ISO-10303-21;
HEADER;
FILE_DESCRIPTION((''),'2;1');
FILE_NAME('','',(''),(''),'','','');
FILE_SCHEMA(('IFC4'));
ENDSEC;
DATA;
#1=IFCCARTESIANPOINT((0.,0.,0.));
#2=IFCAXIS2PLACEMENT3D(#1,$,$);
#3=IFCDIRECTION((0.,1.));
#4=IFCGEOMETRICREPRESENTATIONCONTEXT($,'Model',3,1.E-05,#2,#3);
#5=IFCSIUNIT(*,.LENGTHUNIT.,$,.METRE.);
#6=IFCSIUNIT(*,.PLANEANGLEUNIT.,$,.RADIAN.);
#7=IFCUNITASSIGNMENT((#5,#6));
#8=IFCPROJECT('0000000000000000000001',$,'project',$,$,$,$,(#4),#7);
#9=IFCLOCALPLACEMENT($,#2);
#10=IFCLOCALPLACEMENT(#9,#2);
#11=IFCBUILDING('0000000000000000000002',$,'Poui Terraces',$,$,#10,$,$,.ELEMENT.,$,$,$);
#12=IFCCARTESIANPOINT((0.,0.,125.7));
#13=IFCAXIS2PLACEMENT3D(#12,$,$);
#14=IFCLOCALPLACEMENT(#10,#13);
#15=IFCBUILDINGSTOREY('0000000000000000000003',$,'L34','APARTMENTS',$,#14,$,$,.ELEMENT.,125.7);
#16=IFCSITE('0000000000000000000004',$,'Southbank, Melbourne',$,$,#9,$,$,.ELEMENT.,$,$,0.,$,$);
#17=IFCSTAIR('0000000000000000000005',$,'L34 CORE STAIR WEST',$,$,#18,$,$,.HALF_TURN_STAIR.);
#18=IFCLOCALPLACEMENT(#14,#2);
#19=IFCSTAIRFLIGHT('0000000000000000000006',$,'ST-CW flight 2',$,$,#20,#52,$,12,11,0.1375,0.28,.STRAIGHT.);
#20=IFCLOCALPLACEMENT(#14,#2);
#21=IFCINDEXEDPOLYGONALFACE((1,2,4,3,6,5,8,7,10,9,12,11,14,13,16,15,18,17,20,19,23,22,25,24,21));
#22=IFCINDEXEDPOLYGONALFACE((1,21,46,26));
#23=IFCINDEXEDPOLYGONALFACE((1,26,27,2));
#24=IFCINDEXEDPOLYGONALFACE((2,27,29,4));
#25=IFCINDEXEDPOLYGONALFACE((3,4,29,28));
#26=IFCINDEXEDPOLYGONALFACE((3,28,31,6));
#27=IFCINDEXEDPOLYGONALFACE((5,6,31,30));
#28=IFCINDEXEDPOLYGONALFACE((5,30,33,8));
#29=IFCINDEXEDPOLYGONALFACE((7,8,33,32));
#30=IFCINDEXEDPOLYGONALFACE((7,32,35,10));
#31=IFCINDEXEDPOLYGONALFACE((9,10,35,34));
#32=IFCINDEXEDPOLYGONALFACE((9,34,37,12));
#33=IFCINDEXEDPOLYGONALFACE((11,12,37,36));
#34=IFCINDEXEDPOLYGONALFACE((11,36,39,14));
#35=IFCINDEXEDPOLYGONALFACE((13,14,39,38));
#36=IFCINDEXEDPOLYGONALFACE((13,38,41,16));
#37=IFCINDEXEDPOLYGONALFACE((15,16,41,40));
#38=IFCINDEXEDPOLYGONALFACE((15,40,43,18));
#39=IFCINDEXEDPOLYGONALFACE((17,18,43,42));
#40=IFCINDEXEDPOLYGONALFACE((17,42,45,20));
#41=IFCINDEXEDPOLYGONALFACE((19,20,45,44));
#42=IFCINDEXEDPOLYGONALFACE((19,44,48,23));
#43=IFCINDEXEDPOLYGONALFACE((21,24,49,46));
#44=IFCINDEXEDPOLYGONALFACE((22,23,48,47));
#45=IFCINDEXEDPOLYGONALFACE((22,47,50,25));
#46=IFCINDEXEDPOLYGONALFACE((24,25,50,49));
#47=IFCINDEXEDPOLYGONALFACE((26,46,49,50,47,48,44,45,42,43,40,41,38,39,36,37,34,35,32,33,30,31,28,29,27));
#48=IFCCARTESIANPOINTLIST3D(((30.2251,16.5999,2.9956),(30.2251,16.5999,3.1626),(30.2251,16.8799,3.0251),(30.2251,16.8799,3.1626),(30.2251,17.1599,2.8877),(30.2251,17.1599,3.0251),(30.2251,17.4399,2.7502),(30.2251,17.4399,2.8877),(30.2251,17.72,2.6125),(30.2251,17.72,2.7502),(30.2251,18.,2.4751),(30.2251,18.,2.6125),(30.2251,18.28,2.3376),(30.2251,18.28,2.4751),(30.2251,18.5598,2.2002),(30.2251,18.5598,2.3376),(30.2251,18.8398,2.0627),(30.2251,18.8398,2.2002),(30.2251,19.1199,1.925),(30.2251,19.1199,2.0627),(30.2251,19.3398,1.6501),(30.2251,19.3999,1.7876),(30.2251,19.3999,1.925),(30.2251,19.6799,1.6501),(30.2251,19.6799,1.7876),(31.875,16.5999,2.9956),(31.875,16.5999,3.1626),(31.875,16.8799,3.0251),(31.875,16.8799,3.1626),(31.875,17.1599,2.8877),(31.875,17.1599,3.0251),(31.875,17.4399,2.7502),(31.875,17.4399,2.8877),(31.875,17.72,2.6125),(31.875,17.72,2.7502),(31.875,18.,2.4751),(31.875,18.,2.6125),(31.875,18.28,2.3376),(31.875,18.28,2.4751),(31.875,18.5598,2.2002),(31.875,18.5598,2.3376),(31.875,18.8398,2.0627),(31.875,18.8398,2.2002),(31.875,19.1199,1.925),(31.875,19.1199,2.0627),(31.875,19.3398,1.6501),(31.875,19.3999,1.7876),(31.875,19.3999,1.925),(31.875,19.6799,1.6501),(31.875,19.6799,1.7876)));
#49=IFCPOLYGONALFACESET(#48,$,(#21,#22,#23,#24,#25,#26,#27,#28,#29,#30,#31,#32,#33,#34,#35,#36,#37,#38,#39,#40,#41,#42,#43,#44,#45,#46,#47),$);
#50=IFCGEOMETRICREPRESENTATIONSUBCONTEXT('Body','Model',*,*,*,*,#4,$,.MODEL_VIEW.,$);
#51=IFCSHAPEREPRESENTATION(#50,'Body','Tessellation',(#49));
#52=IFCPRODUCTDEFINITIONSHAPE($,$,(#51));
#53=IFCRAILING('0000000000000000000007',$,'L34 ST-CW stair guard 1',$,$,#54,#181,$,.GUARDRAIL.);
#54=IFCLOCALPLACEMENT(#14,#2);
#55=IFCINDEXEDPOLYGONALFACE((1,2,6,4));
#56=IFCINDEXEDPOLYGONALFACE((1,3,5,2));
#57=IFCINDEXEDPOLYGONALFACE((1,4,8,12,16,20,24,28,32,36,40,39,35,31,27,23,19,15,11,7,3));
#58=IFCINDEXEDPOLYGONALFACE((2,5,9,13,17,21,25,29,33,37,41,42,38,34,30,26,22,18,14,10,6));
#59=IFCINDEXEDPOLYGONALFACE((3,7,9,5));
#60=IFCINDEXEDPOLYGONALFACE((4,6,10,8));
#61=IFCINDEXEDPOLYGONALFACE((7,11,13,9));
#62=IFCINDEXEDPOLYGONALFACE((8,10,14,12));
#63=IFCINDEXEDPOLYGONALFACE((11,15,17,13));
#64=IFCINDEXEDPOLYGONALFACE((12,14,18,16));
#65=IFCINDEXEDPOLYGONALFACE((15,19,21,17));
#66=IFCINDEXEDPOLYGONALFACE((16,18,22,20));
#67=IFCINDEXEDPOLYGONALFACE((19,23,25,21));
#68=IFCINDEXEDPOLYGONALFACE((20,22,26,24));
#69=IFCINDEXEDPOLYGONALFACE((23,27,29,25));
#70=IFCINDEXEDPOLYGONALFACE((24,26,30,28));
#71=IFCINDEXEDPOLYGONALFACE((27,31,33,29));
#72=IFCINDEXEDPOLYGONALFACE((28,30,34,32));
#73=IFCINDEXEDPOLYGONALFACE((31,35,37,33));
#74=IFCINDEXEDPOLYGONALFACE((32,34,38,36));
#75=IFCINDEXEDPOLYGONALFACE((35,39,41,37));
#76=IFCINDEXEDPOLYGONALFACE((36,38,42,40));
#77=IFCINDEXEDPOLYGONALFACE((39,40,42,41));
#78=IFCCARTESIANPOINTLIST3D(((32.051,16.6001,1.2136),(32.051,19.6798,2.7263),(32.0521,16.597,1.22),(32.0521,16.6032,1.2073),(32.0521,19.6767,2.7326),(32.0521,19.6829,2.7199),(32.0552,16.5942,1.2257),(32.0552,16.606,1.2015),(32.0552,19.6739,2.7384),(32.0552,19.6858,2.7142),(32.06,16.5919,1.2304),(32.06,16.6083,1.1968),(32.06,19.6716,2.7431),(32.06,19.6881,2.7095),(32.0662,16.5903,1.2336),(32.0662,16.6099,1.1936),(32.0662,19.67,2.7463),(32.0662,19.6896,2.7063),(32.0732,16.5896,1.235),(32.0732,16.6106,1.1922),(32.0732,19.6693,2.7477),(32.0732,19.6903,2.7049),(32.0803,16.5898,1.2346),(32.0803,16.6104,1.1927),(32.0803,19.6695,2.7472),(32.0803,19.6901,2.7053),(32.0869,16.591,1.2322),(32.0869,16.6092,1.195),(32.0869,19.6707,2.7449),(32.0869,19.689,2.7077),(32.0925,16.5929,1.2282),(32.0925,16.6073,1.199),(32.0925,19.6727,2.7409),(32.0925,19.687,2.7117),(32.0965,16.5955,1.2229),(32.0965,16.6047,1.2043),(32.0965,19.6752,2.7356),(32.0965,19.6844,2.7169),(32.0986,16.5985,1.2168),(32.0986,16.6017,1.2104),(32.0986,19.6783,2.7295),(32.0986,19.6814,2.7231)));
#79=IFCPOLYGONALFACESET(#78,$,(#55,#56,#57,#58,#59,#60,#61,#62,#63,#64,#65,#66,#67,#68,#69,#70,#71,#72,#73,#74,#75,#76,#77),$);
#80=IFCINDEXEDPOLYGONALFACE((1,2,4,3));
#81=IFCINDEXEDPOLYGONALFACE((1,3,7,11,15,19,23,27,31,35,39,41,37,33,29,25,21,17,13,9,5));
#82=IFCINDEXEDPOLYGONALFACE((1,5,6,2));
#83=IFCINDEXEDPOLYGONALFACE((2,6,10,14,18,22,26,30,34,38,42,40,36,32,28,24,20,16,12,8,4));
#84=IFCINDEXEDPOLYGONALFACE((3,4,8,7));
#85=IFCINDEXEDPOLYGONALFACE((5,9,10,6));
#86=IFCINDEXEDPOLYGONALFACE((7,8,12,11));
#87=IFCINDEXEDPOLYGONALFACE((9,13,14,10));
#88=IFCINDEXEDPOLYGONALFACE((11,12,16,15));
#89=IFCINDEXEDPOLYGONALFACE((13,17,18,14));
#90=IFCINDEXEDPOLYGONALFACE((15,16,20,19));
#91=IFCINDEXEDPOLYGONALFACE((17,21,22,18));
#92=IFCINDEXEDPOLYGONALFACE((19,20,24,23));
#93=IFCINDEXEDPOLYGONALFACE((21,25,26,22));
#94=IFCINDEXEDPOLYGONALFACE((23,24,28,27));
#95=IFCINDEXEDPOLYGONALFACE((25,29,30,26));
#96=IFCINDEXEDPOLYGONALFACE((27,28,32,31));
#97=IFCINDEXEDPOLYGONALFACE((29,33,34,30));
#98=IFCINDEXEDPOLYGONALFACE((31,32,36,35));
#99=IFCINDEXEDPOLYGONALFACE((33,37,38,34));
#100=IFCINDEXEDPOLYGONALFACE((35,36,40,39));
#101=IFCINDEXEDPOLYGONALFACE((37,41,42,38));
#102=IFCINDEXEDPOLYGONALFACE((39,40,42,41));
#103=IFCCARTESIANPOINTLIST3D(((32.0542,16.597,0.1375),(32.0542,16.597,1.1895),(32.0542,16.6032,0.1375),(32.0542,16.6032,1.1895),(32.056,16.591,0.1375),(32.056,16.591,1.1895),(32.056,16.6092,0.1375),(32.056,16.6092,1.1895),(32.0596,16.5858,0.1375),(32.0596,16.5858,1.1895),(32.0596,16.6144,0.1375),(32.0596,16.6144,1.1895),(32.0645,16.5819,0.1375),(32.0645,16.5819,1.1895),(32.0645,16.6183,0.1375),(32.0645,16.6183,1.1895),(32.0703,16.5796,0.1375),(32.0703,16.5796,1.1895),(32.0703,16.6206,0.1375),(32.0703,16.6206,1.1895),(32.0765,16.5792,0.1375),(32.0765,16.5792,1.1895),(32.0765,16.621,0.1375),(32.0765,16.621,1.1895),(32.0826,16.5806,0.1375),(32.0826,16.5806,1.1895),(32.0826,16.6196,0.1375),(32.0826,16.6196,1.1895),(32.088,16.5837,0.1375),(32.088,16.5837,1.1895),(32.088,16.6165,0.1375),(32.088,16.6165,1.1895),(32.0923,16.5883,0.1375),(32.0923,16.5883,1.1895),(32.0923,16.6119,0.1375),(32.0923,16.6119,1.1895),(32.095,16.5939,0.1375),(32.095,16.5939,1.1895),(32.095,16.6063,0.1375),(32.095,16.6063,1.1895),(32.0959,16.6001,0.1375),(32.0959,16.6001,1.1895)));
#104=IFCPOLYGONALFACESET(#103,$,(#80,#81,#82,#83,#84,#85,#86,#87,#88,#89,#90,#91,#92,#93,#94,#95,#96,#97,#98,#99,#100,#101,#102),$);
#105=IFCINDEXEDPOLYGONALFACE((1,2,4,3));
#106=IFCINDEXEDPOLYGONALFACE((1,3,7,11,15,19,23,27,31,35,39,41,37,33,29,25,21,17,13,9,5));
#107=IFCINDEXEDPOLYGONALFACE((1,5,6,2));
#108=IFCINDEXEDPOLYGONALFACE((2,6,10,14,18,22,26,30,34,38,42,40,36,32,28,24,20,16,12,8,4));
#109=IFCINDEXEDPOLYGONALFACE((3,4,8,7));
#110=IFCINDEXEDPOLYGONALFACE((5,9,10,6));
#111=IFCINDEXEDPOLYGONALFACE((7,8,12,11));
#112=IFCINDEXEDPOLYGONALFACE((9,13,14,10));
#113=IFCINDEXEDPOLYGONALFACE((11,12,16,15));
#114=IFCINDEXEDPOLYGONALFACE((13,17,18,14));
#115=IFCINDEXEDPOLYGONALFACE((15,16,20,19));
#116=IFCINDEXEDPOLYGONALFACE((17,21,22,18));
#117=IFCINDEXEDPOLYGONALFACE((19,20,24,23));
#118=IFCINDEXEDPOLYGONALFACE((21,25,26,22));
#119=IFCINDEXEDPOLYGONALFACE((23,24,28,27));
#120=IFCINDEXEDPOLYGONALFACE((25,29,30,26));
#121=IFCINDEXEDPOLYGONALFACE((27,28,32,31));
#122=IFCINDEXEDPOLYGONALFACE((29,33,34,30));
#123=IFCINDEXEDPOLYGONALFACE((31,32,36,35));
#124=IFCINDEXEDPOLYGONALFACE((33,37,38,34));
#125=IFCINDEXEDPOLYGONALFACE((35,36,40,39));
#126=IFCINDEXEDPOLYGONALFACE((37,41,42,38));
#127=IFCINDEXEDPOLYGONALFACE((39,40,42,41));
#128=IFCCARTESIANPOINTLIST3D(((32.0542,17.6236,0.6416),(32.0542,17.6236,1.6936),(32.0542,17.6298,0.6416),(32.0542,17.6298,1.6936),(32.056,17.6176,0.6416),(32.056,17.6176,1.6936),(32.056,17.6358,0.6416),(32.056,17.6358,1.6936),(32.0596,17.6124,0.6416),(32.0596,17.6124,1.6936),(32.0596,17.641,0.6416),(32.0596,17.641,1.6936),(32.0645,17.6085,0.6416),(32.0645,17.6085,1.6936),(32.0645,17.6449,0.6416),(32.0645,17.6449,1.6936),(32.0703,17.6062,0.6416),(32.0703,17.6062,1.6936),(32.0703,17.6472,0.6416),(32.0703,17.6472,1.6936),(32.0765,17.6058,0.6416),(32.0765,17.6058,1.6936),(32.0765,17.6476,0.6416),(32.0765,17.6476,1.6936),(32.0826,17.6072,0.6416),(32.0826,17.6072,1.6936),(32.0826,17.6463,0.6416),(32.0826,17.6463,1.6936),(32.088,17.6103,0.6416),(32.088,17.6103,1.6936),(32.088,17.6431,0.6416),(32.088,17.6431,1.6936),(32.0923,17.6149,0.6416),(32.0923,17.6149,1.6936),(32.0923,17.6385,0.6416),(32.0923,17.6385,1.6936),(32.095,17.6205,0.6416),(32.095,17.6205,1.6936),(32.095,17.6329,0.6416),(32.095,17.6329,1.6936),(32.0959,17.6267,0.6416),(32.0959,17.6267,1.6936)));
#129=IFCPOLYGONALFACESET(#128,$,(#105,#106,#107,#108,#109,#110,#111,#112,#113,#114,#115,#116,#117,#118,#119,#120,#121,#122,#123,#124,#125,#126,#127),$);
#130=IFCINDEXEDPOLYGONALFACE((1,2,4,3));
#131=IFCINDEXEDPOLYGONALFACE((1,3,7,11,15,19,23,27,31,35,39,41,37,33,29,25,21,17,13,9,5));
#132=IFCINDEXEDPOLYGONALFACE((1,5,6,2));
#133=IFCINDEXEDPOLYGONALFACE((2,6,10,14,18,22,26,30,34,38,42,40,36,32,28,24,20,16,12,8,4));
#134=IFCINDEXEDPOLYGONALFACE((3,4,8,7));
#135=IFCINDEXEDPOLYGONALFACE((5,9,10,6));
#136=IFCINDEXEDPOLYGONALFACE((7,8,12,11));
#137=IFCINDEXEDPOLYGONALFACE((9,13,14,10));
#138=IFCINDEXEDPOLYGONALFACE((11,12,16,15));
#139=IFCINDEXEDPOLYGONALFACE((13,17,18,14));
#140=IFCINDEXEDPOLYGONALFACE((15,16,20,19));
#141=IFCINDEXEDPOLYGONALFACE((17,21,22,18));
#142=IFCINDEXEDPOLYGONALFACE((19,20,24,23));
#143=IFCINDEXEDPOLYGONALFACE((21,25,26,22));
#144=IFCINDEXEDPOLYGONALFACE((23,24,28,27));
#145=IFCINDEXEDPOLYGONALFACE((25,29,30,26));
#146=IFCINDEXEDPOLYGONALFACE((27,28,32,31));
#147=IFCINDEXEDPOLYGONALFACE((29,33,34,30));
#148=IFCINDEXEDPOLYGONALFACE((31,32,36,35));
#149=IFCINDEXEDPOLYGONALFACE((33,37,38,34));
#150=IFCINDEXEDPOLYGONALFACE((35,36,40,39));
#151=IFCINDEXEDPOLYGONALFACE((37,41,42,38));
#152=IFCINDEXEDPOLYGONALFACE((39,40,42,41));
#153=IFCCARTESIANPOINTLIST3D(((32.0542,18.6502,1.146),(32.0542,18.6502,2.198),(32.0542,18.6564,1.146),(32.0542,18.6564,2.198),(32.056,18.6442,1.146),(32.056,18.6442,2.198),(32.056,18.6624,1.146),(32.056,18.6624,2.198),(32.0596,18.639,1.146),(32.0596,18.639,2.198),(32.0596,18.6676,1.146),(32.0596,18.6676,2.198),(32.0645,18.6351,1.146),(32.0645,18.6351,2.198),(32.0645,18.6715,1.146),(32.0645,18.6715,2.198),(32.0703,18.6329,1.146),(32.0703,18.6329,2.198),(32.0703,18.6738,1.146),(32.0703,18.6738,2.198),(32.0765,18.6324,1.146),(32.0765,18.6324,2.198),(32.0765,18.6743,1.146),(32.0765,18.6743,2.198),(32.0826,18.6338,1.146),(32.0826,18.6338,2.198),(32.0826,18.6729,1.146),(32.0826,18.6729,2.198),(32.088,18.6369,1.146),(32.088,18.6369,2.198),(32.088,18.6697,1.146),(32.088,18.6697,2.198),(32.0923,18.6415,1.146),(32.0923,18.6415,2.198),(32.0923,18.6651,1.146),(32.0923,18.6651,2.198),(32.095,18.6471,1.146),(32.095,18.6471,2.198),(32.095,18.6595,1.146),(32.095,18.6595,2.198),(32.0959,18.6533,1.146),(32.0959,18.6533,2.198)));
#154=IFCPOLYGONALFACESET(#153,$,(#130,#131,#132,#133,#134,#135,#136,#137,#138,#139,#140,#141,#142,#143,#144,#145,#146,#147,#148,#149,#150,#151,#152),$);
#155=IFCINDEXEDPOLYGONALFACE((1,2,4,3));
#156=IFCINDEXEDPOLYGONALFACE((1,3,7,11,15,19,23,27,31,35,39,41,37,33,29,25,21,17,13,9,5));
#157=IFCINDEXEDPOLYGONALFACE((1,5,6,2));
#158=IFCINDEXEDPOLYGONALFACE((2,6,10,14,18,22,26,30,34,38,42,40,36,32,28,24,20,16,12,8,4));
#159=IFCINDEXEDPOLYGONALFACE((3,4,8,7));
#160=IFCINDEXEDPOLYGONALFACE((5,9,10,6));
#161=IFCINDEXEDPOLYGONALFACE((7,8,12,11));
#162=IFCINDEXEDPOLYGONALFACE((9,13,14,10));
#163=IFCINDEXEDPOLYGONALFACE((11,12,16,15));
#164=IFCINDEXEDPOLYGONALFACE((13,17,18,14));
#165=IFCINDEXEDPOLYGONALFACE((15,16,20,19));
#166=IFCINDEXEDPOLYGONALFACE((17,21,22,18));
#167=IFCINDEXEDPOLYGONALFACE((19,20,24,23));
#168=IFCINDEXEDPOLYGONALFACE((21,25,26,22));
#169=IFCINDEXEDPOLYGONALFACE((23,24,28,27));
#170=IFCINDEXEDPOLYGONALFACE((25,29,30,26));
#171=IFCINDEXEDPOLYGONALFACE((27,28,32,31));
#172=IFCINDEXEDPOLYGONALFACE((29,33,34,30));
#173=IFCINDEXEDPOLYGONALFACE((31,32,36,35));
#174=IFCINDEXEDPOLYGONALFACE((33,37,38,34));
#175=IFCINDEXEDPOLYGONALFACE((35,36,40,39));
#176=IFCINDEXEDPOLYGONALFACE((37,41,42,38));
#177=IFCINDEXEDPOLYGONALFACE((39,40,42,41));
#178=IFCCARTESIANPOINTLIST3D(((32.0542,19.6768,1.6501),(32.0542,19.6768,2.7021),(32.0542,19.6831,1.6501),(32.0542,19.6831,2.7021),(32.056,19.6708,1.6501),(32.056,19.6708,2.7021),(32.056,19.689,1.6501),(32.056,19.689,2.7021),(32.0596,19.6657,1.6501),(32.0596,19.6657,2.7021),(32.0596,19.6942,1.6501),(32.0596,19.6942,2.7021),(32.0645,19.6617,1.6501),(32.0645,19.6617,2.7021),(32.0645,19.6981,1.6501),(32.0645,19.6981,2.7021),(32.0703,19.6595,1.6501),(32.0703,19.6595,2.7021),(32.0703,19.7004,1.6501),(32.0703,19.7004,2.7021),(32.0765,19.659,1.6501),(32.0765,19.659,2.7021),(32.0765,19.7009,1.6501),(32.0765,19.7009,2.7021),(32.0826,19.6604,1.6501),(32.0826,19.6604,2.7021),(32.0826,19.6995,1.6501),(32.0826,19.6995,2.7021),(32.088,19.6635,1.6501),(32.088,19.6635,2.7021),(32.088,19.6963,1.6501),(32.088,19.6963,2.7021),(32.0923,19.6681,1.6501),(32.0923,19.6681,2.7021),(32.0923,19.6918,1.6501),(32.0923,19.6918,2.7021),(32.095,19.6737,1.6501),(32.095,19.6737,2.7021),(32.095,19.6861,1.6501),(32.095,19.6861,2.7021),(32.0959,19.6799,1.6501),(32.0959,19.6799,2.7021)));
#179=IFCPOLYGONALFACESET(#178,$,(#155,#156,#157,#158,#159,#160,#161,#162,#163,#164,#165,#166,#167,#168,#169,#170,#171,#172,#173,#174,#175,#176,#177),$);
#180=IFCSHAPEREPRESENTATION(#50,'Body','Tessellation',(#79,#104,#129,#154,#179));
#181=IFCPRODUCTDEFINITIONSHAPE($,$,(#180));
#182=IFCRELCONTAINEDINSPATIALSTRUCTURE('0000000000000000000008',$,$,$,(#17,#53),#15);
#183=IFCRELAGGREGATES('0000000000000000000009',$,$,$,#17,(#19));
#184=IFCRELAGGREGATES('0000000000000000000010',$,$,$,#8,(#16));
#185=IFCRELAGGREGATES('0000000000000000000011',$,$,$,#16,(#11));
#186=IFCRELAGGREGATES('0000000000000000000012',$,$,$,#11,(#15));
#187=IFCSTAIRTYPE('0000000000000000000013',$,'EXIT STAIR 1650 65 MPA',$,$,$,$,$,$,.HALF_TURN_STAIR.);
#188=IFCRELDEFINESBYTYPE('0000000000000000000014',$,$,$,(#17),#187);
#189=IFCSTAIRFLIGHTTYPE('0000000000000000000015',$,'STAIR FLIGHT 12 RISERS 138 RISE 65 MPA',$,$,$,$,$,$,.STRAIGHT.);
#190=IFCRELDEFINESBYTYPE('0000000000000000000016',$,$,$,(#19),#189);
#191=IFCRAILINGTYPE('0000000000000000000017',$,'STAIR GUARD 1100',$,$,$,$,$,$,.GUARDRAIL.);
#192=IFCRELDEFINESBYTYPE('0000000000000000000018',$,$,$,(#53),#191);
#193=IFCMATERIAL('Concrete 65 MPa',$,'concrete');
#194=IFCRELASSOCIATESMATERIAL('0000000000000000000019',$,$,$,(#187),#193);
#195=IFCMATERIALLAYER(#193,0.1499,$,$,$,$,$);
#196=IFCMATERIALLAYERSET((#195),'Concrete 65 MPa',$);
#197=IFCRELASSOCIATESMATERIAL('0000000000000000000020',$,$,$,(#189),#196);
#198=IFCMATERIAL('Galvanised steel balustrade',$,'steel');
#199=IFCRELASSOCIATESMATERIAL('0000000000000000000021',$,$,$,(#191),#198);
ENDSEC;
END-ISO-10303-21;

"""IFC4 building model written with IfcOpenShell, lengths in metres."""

from ifc_helpers import new_model, si_unit, direction, frame, origin, origin_2d, place, context, subcontext, project, spatial, polyline, circle, outline, extrude, material, layer, layer_set, type_object, element, aggregate, save


model = new_model("IFC4")

# Units and contexts
model_context = context("Model", 3, precision=1e-05, world=origin(), true_north=direction((0.0, 1.0)))
body_context = subcontext(model_context, "Body", "Model", "MODEL_VIEW")
ifc_project = project(units=[si_unit("LENGTHUNIT", "METRE"), si_unit("PLANEANGLEUNIT", "RADIAN")], contexts=[model_context])

# Site, building, storey
site_placement = place(None, origin())
site = spatial("IfcSite", under=ifc_project, at=site_placement, Name="Southbank, Melbourne", CompositionType="ELEMENT", RefElevation=0.0)
building_placement = place(site_placement, origin())
building = spatial("IfcBuilding", under=site, at=building_placement, Name="Poui Terraces", CompositionType="ELEMENT")
storey_placement = place(building_placement, frame((0.0, 0.0, 125.7)))
storey = spatial("IfcBuildingStorey", under=building, at=storey_placement, Name="L34", Description="APARTMENTS", CompositionType="ELEMENT", Elevation=125.7)

# Shared definitions
ifc_material_1 = material(Name="Concrete 65 MPa", Category="concrete")

# Stair, stair flight
stair_type = type_object("IfcStairType", Name="EXIT STAIR 1650 65 MPA", PredefinedType="HALF_TURN_STAIR", material=ifc_material_1)
stair_placement = place(storey_placement, origin())
stair = element("IfcStair", 1, at=stair_placement, inside=storey, type_object=stair_type, Name="L34 CORE STAIR WEST", PredefinedType="HALF_TURN_STAIR")
ifc_layer_1 = layer(ifc_material_1, 0.1499)
ifc_layer_set_1 = layer_set([ifc_layer_1], Name="Concrete 65 MPa")
stair_flight_type = type_object("IfcStairFlightType", Name="STAIR FLIGHT 12 RISERS 138 RISE 65 MPA", PredefinedType="STRAIGHT", material=ifc_layer_set_1)
stair_flight_1_placement = place(storey_placement, frame((31.05, 19.6799, 1.6501), z_axis=(0.0, 0.0, 1.0), x_axis=(0.0, -1.0, 0.0)))
stair_flight_1 = element("IfcStairFlight", 2, at=stair_flight_1_placement, type_object=stair_flight_type, Name="ST-CW flight 2", NumberOfRisers=12, NumberOfTreads=11, PredefinedType="STRAIGHT", RiserHeight=0.1375, TreadLength=0.28, context=body_context, shape_type="SweptSolid", body=[
    extrude(outline(polyline([(0.0, 0.0), (0.0, 0.1375), (0.28, 0.1375), (0.28, 0.2749), (0.5601, 0.2749), (0.5601, 0.4126), (0.8401, 0.4126), (0.8401, 0.55), (1.1201, 0.55), (1.1201, 0.6875), (1.3999, 0.6875), (1.3999, 0.825), (1.6799, 0.825), (1.6799, 0.9624), (1.96, 0.9624), (1.96, 1.1001), (2.24, 1.1001), (2.24, 1.2375), (2.52, 1.2375), (2.52, 1.375), (2.8, 1.375), (2.8, 1.5125), (3.0801, 1.5125), (3.0801, 1.6499), (3.0801, 1.3455), (0.3401, 0.0), (0.0, 0.0)])), frame((0.0, 0.825, 0.0), z_axis=(0.0, -1.0, 0.0), x_axis=(1.0, 0.0, 0.0)), (0.0, 0.0, 1.0), 1.6499),
])
aggregate(stair, [stair_flight_1])

# Railing
ifc_material_2 = material(Name="Galvanised steel balustrade", Category="steel")
railing_type_1 = type_object("IfcRailingType", Name="STAIR GUARD 1100", PredefinedType="GUARDRAIL", material=ifc_material_2)
railing_1_placement = place(storey_placement, frame((32.075, 16.6001, 0.1375)))
element("IfcRailing", 3, at=railing_1_placement, inside=storey, type_object=railing_type_1, Name="L34 ST-CW stair guard 1", PredefinedType="GUARDRAIL", context=body_context, shape_type="SweptSolid", body=[
    extrude(circle(Radius=0.0239, at=origin_2d()), frame((0.0, 0.0, 1.0762), z_axis=(0.0, 0.897578, 0.440856), x_axis=(-1.0, 0.0, 0.0)), (0.0, 0.0, 1.0), 3.4312),
    extrude(circle(Radius=0.021, at=origin_2d()), origin(), (0.0, 0.0, 1.0), 1.052),
    extrude(circle(Radius=0.021, at=origin_2d()), frame((0.0, 1.0266, 0.5042)), (0.0, 0.0, 1.0), 1.052),
    extrude(circle(Radius=0.021, at=origin_2d()), frame((0.0, 2.0532, 1.0085)), (0.0, 0.0, 1.0), 1.052),
    extrude(circle(Radius=0.021, at=origin_2d()), frame((0.0, 3.0798, 1.5127)), (0.0, 0.0, 1.0), 1.052),
])

save(model, "model.ifc")
